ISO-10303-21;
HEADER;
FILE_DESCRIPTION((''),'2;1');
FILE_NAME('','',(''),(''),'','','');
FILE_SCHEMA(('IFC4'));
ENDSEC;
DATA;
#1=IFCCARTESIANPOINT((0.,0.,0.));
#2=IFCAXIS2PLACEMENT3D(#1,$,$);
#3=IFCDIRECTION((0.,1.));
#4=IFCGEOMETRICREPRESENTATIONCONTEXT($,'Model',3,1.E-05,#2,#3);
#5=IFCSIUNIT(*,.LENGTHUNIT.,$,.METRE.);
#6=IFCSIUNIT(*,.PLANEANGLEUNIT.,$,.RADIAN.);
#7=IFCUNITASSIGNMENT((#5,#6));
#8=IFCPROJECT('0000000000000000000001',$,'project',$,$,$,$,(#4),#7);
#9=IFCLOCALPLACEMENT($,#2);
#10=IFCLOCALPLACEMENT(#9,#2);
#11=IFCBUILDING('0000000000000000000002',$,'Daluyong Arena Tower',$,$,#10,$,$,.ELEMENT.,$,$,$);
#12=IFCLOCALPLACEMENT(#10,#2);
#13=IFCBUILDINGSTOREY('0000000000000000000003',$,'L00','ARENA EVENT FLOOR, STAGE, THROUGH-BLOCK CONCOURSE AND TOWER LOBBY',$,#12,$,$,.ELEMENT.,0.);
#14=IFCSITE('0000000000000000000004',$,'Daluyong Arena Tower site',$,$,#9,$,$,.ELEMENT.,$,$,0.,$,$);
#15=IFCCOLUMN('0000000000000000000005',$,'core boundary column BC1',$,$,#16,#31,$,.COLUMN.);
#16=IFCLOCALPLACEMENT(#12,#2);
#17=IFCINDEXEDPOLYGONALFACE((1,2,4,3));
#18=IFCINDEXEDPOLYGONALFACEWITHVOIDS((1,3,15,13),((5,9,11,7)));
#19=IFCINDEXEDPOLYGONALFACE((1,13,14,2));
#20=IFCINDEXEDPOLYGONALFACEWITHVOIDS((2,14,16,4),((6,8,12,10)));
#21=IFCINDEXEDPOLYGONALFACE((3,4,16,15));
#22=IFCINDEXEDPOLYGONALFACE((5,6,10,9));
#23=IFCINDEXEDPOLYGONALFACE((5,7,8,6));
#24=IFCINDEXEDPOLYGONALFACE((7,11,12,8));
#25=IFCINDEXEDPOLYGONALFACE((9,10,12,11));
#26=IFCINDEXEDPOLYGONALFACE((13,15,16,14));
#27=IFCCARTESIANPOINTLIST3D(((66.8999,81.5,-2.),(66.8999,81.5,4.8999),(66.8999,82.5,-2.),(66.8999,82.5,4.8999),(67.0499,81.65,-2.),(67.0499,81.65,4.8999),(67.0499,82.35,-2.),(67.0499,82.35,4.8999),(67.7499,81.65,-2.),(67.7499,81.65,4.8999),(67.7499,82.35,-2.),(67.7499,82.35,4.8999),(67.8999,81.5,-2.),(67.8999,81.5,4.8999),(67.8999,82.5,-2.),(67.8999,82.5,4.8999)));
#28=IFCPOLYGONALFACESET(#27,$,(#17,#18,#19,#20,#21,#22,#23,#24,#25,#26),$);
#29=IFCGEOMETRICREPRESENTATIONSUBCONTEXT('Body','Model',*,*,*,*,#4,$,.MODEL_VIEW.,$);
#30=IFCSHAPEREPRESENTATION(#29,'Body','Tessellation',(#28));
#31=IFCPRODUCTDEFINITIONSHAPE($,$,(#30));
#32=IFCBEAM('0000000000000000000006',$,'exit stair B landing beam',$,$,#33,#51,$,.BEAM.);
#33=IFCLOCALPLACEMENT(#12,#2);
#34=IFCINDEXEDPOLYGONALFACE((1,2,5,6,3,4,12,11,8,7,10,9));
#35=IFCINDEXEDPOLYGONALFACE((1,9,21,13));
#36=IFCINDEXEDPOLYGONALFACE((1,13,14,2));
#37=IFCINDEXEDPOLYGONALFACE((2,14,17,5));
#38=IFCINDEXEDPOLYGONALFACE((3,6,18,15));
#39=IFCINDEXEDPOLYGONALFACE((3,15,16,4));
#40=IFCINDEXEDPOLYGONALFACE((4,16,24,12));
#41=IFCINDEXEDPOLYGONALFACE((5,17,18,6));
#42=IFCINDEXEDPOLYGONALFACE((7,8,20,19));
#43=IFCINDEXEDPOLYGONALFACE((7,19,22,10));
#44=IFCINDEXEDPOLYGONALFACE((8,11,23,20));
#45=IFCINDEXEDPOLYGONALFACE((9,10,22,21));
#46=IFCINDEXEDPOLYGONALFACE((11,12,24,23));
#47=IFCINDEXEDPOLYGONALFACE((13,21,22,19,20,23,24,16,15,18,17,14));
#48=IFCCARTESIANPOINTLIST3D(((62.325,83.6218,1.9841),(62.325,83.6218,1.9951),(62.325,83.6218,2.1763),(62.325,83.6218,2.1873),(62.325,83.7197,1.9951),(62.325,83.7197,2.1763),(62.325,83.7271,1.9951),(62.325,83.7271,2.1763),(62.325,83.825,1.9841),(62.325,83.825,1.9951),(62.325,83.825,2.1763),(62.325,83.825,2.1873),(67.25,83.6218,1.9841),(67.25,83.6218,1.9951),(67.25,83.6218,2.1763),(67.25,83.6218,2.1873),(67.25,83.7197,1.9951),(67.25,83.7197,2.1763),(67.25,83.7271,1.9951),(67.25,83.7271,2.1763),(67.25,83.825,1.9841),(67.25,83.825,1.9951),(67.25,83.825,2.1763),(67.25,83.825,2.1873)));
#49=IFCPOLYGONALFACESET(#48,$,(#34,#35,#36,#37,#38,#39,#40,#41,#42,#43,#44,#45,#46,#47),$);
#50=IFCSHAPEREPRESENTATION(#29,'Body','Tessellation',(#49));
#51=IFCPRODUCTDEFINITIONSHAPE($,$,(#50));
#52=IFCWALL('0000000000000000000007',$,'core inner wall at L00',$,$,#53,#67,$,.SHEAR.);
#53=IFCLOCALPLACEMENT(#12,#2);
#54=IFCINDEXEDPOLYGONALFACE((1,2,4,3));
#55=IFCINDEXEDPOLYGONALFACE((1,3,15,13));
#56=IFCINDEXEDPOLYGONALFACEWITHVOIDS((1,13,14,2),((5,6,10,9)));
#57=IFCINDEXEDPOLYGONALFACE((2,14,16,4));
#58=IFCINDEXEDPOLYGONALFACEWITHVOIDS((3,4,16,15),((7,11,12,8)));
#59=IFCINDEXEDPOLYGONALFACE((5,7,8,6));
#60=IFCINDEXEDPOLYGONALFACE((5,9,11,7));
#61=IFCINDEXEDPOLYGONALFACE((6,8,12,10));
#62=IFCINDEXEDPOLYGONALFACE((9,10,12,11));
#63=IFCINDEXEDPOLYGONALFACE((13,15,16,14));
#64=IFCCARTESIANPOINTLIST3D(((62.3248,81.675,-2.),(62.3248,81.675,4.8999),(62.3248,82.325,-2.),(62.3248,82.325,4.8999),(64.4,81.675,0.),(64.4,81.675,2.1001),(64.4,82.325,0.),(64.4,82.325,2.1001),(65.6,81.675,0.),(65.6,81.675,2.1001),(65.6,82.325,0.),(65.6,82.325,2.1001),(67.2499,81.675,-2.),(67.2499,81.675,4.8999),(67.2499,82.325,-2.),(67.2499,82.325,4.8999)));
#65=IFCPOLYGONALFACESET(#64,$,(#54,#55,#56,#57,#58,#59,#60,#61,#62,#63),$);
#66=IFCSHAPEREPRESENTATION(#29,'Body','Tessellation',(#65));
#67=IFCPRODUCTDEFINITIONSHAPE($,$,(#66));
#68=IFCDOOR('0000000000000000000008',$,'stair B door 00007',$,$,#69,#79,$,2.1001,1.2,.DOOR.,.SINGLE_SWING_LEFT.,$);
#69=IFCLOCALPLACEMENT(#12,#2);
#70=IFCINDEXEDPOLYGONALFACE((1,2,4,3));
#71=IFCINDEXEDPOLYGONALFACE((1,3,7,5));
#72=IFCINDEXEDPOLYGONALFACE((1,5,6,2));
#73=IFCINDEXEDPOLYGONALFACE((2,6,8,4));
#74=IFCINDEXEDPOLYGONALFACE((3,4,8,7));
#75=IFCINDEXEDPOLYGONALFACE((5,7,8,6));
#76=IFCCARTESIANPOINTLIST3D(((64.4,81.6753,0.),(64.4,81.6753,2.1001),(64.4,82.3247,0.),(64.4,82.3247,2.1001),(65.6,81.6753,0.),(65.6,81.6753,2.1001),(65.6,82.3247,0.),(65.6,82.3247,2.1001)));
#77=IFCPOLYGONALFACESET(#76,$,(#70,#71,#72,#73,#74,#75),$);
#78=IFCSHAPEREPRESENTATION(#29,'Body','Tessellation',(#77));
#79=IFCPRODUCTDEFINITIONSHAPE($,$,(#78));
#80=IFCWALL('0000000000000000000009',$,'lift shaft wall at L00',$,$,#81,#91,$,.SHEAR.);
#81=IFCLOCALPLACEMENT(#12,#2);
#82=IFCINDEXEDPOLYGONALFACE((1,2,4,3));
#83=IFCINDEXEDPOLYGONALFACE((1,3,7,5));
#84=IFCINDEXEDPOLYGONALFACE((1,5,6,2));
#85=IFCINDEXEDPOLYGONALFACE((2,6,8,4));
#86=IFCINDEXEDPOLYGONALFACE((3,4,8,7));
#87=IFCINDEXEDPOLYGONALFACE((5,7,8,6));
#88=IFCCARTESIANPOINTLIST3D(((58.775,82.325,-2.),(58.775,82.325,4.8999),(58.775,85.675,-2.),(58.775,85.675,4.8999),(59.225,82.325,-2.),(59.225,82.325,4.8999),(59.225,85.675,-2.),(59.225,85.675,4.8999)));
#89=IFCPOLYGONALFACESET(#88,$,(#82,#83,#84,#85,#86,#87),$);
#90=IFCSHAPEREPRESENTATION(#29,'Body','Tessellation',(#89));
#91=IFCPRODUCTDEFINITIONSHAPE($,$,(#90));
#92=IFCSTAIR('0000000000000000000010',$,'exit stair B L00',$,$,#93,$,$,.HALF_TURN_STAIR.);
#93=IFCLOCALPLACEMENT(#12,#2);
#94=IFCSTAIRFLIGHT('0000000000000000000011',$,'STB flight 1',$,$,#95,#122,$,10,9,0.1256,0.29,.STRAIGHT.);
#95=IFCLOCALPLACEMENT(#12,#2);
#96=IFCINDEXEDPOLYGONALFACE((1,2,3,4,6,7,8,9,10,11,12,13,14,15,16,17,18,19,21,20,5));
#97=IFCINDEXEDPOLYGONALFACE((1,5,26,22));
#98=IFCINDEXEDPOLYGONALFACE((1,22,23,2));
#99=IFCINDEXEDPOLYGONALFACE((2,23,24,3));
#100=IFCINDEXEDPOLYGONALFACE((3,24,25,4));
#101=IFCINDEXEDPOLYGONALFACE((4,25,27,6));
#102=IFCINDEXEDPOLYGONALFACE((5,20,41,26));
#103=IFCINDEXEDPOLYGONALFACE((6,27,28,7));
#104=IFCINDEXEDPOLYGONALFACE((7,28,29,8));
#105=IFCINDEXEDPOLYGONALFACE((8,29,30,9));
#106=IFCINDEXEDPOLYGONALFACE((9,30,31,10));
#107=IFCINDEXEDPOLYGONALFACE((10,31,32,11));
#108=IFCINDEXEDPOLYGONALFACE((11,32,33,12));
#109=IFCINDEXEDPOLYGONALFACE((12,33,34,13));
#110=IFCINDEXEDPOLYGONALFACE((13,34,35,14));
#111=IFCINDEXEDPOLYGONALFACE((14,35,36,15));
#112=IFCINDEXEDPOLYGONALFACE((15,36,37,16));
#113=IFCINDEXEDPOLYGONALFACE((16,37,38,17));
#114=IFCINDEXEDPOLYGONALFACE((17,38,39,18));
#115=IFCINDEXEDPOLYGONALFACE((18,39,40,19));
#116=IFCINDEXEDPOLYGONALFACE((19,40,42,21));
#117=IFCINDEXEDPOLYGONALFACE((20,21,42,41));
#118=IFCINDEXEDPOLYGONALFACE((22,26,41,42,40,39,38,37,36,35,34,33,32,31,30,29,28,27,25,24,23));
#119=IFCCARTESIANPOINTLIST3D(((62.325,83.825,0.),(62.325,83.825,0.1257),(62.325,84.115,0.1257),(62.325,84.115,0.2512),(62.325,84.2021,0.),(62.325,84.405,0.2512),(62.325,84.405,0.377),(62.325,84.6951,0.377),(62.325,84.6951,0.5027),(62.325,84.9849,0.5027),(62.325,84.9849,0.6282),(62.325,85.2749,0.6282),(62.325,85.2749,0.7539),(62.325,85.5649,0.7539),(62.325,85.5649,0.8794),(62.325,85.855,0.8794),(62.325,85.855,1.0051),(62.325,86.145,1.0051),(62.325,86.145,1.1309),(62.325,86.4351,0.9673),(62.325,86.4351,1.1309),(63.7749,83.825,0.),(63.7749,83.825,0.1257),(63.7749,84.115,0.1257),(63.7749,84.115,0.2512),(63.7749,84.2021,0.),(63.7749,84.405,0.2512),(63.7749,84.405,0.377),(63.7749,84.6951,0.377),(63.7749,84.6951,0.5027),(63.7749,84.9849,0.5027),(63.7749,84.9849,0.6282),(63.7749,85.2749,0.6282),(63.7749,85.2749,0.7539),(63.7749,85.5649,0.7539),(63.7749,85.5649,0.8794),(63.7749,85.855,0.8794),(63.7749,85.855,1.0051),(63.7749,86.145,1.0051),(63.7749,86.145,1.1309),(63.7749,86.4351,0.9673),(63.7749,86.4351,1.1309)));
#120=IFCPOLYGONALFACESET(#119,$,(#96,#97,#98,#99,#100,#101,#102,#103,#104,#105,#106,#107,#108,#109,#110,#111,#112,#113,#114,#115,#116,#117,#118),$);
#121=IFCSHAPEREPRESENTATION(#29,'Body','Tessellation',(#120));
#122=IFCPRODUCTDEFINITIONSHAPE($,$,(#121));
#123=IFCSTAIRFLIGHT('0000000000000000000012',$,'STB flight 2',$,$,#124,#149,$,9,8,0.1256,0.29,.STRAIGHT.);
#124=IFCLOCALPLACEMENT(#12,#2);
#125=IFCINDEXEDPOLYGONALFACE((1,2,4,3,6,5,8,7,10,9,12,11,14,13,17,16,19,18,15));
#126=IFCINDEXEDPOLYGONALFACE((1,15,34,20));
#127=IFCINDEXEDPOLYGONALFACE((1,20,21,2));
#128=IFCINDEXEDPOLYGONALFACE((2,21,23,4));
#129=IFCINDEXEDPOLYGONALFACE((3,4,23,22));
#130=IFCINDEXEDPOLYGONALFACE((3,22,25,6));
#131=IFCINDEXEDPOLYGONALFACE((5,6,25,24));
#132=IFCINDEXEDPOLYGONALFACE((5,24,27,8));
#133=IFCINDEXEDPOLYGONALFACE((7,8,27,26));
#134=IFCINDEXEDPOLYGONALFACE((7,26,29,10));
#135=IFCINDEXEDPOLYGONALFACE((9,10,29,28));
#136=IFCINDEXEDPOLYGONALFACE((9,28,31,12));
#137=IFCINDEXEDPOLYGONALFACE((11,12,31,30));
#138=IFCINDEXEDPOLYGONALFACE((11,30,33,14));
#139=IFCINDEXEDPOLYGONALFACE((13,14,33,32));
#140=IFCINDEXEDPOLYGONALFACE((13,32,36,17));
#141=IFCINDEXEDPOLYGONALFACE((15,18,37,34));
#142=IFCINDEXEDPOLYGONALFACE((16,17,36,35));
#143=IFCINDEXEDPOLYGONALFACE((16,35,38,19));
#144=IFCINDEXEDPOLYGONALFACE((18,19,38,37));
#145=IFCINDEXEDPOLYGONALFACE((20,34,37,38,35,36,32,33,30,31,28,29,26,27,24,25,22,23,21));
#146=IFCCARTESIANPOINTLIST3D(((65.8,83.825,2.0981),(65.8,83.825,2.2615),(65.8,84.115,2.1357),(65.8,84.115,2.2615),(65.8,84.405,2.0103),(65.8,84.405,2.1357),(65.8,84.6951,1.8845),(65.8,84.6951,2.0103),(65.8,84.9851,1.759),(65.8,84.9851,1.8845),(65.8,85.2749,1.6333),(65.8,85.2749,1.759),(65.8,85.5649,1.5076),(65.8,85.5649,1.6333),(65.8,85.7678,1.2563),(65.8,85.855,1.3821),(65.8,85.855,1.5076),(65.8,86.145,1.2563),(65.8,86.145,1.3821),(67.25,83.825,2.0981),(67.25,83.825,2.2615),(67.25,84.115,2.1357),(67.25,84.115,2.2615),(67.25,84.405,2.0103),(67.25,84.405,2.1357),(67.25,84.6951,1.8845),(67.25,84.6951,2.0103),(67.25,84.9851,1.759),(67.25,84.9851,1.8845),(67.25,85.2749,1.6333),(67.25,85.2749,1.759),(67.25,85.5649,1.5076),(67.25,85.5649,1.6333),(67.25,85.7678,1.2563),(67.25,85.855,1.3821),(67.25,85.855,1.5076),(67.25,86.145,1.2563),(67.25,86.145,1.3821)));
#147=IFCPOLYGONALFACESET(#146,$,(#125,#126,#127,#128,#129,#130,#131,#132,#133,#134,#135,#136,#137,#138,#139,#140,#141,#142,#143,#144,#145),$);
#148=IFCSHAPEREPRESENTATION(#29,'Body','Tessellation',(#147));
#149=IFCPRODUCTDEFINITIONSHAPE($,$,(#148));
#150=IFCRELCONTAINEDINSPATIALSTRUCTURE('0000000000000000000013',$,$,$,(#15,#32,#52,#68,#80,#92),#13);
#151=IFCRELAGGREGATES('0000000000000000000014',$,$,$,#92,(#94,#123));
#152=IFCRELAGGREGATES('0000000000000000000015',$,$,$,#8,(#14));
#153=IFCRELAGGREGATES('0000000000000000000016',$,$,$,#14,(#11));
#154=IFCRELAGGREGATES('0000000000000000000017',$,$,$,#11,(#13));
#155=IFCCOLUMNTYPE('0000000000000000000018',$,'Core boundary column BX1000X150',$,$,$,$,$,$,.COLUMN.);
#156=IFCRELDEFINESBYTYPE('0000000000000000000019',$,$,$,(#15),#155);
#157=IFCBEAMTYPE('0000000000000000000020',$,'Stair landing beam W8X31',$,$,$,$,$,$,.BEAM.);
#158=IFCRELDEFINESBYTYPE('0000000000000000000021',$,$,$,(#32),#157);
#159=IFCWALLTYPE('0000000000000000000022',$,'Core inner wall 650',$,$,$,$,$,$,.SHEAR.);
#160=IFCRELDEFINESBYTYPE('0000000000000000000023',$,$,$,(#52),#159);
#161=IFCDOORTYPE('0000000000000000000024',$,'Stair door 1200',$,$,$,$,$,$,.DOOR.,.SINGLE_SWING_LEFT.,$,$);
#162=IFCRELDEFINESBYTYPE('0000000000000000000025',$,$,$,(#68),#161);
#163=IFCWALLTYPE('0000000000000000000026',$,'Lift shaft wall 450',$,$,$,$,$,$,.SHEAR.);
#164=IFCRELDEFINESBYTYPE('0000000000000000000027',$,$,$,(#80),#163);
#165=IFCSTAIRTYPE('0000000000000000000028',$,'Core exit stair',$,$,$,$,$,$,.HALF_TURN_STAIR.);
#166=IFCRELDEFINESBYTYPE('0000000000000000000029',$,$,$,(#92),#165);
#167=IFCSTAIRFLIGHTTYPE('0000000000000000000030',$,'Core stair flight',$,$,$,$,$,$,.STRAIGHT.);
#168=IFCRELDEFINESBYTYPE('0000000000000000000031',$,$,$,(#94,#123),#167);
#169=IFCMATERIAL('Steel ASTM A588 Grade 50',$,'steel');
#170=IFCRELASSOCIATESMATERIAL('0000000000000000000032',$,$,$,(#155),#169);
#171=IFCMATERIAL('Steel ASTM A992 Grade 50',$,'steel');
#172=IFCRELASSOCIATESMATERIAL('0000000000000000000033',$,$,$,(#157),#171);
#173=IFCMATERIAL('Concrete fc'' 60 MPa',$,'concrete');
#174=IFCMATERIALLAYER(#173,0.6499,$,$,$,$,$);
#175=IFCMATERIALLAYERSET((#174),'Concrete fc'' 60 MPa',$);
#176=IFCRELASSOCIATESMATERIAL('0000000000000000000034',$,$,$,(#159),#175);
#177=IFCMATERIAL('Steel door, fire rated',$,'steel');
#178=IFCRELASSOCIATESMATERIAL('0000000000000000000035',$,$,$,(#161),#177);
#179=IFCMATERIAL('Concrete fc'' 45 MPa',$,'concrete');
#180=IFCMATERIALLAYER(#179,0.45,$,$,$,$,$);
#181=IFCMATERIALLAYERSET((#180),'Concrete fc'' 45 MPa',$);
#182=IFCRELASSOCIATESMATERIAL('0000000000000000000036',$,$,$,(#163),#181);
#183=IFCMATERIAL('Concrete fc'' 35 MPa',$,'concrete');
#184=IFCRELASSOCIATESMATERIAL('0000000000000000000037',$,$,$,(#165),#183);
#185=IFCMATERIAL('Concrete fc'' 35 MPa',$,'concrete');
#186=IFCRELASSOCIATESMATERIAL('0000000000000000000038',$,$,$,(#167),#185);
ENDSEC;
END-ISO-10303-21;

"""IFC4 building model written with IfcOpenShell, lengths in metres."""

from ifc_helpers import new_model, si_unit, direction, frame, frame_2d, origin, origin_2d, place, context, subcontext, project, spatial, polyline, rectangle, hollow_rectangle, i_section, outline, extrude, material, layer, layer_set, material_profile, profile_set, type_object, element, fill, aggregate, save


model = new_model("IFC4")

# Units and contexts
model_context = context("Model", 3, precision=1e-05, world=origin(), true_north=direction((0.0, 1.0)))
body_context = subcontext(model_context, "Body", "Model", "MODEL_VIEW")
ifc_project = project(units=[si_unit("LENGTHUNIT", "METRE"), si_unit("PLANEANGLEUNIT", "RADIAN")], contexts=[model_context])

# Site, building, storey
site_placement = place(None, origin())
site = spatial("IfcSite", under=ifc_project, at=site_placement, Name="Daluyong Arena Tower site", CompositionType="ELEMENT", RefElevation=0.0)
building_placement = place(site_placement, origin())
building = spatial("IfcBuilding", under=site, at=building_placement, Name="Daluyong Arena Tower", CompositionType="ELEMENT")
storey_placement = place(building_placement, origin())
storey = spatial("IfcBuildingStorey", under=building, at=storey_placement, Name="L00", Description="ARENA EVENT FLOOR, STAGE, THROUGH-BLOCK CONCOURSE AND TOWER LOBBY", CompositionType="ELEMENT", Elevation=0.0)

# Column
ifc_material_1 = material(Name="Steel ASTM A588 Grade 50", Category="steel")
ifc_material_profile_1 = material_profile(ifc_material_1, hollow_rectangle(XDim=1.0, YDim=1.0, WallThickness=0.15, at=origin_2d()))
ifc_profile_set_1 = profile_set([ifc_material_profile_1], Name="Steel ASTM A588 Grade 50")
column_type = type_object("IfcColumnType", Name="Core boundary column BX1000X150", PredefinedType="COLUMN", material=ifc_profile_set_1)
for number, where, z_axis, x_axis, name in (
    (1, (67.3999, 82.0, -2.0), (0.0, 0.0, 1.0), (1.0, 0.0, 0.0), "core boundary column BC1"),
):
    element("IfcColumn", number, at=place(storey_placement, frame(where, z_axis=z_axis, x_axis=x_axis)), inside=storey, type_object=column_type, Name=name, PredefinedType="COLUMN", context=body_context, shape_type="SweptSolid", body=[
        extrude(hollow_rectangle(XDim=1.0, YDim=1.0, WallThickness=0.15, at=origin_2d()), origin(), (0.0, 0.0, 1.0), 6.8999),
    ])

# Beam
ifc_material_2 = material(Name="Steel ASTM A992 Grade 50", Category="steel")
ifc_material_profile_2 = material_profile(ifc_material_2, i_section(OverallWidth=0.2031, OverallDepth=0.2031, WebThickness=0.0073, FlangeThickness=0.011, at=origin_2d()))
ifc_profile_set_2 = profile_set([ifc_material_profile_2], Name="Steel ASTM A992 Grade 50")
beam_type = type_object("IfcBeamType", Name="Stair landing beam W8X31", PredefinedType="BEAM", material=ifc_profile_set_2)
beam_placement = place(storey_placement, frame((62.325, 83.7234, 2.0857), z_axis=(1.0, 0.0, 0.0), x_axis=(0.0, 1.0, 0.0)))
element("IfcBeam", 2, at=beam_placement, inside=storey, type_object=beam_type, Name="exit stair B landing beam", PredefinedType="BEAM", context=body_context, shape_type="SweptSolid", body=[
    extrude(i_section(OverallWidth=0.2031, OverallDepth=0.2031, WebThickness=0.0073, FlangeThickness=0.011, at=origin_2d()), origin(), (0.0, 0.0, 1.0), 4.925),
])

# Wall, opening, door
ifc_material_3 = material(Name="Concrete fc' 60 MPa", Category="concrete")
ifc_layer_1 = layer(ifc_material_3, 0.6499)
ifc_layer_set_1 = layer_set([ifc_layer_1], Name="Concrete fc' 60 MPa")
wall_type_1 = type_object("IfcWallType", Name="Core inner wall 650", PredefinedType="SHEAR", material=ifc_layer_set_1)
wall_1_placement = place(storey_placement, frame((62.325, 82.0, -2.0), z_axis=(0.0, 0.0, 1.0), x_axis=(1.0, 0.0, 0.0)))
wall_1 = element("IfcWall", 3, at=wall_1_placement, inside=storey, type_object=wall_type_1, Name="core inner wall at L00", PredefinedType="SHEAR", context=body_context, shape_type="SweptSolid", body=[
    extrude(rectangle(XDim=4.925, YDim=0.6499, at=frame_2d((2.4624, 0.0))), origin(), (0.0, 0.0, 1.0), 6.8999),
])
opening_placement = place(wall_1_placement, frame((2.075, 0.0, 2.0)))
opening = element("IfcOpeningElement", 4, at=opening_placement, cuts=wall_1, PredefinedType="OPENING", context=body_context, shape_type="SweptSolid", body=[
    extrude(rectangle(XDim=1.2, YDim=2.1001, at=frame_2d((0.6001, 1.05))), frame((0.0, 0.335, 0.0), z_axis=(0.0, -1.0, 0.0), x_axis=(1.0, 0.0, 0.0)), (0.0, 0.0, 1.0), 0.6699),
])
ifc_material_4 = material(Name="Steel door, fire rated", Category="steel")
door_type = type_object("IfcDoorType", Name="Stair door 1200", OperationType="SINGLE_SWING_LEFT", PredefinedType="DOOR", material=ifc_material_4)
door_placement = place(opening_placement, origin())
door = element("IfcDoor", 5, at=door_placement, inside=storey, type_object=door_type, Name="stair B door 00007", OperationType="SINGLE_SWING_LEFT", OverallHeight=2.1001, OverallWidth=1.2, PredefinedType="DOOR", context=body_context, shape_type="SweptSolid", body=[
    extrude(rectangle(XDim=1.2, YDim=2.1001, at=frame_2d((0.6001, 1.05))), frame((0.0, 0.3247, 0.0), z_axis=(0.0, -1.0, 0.0), x_axis=(1.0, 0.0, 0.0)), (0.0, 0.0, 1.0), 0.6494),
])
fill(opening, door)

# Wall
ifc_material_5 = material(Name="Concrete fc' 45 MPa", Category="concrete")
ifc_layer_2 = layer(ifc_material_5, 0.45)
ifc_layer_set_2 = layer_set([ifc_layer_2], Name="Concrete fc' 45 MPa")
wall_type_2 = type_object("IfcWallType", Name="Lift shaft wall 450", PredefinedType="SHEAR", material=ifc_layer_set_2)
wall_2_placement = place(storey_placement, frame((59.0, 82.325, -2.0), z_axis=(0.0, 0.0, 1.0), x_axis=(0.0, 1.0, 0.0)))
element("IfcWall", 6, at=wall_2_placement, inside=storey, type_object=wall_type_2, Name="lift shaft wall at L00", PredefinedType="SHEAR", context=body_context, shape_type="SweptSolid", body=[
    extrude(rectangle(XDim=3.3501, YDim=0.45, at=frame_2d((1.675, 0.0))), origin(), (0.0, 0.0, 1.0), 6.8999),
])

# Stair, stair flights
ifc_material_6 = material(Name="Concrete fc' 35 MPa", Category="concrete")
stair_type = type_object("IfcStairType", Name="Core exit stair", PredefinedType="HALF_TURN_STAIR", material=ifc_material_6)
stair_placement = place(storey_placement, origin())
stair = element("IfcStair", 7, at=stair_placement, inside=storey, type_object=stair_type, Name="exit stair B L00", PredefinedType="HALF_TURN_STAIR")
ifc_material_7 = material(Name="Concrete fc' 35 MPa", Category="concrete")
stair_flight_type = type_object("IfcStairFlightType", Name="Core stair flight", PredefinedType="STRAIGHT", material=ifc_material_7)
stair_flight_1_placement = place(storey_placement, frame((63.05, 83.825, 0.0), z_axis=(0.0, 0.0, 1.0), x_axis=(0.0, 1.0, 0.0)))
stair_flight_1 = element("IfcStairFlight", 8, at=stair_flight_1_placement, type_object=stair_flight_type, Name="STB flight 1", NumberOfRisers=10, NumberOfTreads=9, PredefinedType="STRAIGHT", RiserHeight=0.1256, TreadLength=0.29, context=body_context, shape_type="SweptSolid", body=[
    extrude(outline(polyline([(0.0, 0.0), (0.0, 0.1257), (0.29, 0.1257), (0.29, 0.2512), (0.5801, 0.2512), (0.5801, 0.377), (0.8701, 0.377), (0.8701, 0.5027), (1.1599, 0.5027), (1.1599, 0.6282), (1.45, 0.6282), (1.45, 0.7539), (1.74, 0.7539), (1.74, 0.8794), (2.03, 0.8794), (2.03, 1.0051), (2.3201, 1.0051), (2.3201, 1.1309), (2.6101, 1.1309), (2.6101, 1.2563), (2.6101, 0.9673), (0.3772, 0.0), (0.0, 0.0)])), frame((0.0, 0.7251, 0.0), z_axis=(0.0, -1.0, 0.0), x_axis=(1.0, 0.0, 0.0)), (0.0, 0.0, 1.0), 1.45),
])
stair_flight_2_placement = place(storey_placement, frame((66.5249, 86.145, 1.2563), z_axis=(0.0, 0.0, 1.0), x_axis=(0.0, -1.0, 0.0)))
stair_flight_2 = element("IfcStairFlight", 9, at=stair_flight_2_placement, type_object=stair_flight_type, Name="STB flight 2", NumberOfRisers=9, NumberOfTreads=8, PredefinedType="STRAIGHT", RiserHeight=0.1256, TreadLength=0.29, context=body_context, shape_type="SweptSolid", body=[
    extrude(outline(polyline([(0.0, 0.0), (0.0, 0.1257), (0.29, 0.1257), (0.29, 0.2512), (0.5801, 0.2512), (0.5801, 0.377), (0.8701, 0.377), (0.8701, 0.5027), (1.1599, 0.5027), (1.1599, 0.6282), (1.45, 0.6282), (1.45, 0.7539), (1.74, 0.7539), (1.74, 0.8794), (2.03, 0.8794), (2.03, 1.0051), (2.3201, 1.0051), (2.3201, 1.1309), (2.3201, 0.8418), (0.3772, 0.0), (0.0, 0.0)])), frame((0.0, 0.7251, 0.0), z_axis=(0.0, -1.0, 0.0), x_axis=(1.0, 0.0, 0.0)), (0.0, 0.0, 1.0), 1.45),
])
aggregate(stair, [stair_flight_1, stair_flight_2])

save(model, "model.ifc")
